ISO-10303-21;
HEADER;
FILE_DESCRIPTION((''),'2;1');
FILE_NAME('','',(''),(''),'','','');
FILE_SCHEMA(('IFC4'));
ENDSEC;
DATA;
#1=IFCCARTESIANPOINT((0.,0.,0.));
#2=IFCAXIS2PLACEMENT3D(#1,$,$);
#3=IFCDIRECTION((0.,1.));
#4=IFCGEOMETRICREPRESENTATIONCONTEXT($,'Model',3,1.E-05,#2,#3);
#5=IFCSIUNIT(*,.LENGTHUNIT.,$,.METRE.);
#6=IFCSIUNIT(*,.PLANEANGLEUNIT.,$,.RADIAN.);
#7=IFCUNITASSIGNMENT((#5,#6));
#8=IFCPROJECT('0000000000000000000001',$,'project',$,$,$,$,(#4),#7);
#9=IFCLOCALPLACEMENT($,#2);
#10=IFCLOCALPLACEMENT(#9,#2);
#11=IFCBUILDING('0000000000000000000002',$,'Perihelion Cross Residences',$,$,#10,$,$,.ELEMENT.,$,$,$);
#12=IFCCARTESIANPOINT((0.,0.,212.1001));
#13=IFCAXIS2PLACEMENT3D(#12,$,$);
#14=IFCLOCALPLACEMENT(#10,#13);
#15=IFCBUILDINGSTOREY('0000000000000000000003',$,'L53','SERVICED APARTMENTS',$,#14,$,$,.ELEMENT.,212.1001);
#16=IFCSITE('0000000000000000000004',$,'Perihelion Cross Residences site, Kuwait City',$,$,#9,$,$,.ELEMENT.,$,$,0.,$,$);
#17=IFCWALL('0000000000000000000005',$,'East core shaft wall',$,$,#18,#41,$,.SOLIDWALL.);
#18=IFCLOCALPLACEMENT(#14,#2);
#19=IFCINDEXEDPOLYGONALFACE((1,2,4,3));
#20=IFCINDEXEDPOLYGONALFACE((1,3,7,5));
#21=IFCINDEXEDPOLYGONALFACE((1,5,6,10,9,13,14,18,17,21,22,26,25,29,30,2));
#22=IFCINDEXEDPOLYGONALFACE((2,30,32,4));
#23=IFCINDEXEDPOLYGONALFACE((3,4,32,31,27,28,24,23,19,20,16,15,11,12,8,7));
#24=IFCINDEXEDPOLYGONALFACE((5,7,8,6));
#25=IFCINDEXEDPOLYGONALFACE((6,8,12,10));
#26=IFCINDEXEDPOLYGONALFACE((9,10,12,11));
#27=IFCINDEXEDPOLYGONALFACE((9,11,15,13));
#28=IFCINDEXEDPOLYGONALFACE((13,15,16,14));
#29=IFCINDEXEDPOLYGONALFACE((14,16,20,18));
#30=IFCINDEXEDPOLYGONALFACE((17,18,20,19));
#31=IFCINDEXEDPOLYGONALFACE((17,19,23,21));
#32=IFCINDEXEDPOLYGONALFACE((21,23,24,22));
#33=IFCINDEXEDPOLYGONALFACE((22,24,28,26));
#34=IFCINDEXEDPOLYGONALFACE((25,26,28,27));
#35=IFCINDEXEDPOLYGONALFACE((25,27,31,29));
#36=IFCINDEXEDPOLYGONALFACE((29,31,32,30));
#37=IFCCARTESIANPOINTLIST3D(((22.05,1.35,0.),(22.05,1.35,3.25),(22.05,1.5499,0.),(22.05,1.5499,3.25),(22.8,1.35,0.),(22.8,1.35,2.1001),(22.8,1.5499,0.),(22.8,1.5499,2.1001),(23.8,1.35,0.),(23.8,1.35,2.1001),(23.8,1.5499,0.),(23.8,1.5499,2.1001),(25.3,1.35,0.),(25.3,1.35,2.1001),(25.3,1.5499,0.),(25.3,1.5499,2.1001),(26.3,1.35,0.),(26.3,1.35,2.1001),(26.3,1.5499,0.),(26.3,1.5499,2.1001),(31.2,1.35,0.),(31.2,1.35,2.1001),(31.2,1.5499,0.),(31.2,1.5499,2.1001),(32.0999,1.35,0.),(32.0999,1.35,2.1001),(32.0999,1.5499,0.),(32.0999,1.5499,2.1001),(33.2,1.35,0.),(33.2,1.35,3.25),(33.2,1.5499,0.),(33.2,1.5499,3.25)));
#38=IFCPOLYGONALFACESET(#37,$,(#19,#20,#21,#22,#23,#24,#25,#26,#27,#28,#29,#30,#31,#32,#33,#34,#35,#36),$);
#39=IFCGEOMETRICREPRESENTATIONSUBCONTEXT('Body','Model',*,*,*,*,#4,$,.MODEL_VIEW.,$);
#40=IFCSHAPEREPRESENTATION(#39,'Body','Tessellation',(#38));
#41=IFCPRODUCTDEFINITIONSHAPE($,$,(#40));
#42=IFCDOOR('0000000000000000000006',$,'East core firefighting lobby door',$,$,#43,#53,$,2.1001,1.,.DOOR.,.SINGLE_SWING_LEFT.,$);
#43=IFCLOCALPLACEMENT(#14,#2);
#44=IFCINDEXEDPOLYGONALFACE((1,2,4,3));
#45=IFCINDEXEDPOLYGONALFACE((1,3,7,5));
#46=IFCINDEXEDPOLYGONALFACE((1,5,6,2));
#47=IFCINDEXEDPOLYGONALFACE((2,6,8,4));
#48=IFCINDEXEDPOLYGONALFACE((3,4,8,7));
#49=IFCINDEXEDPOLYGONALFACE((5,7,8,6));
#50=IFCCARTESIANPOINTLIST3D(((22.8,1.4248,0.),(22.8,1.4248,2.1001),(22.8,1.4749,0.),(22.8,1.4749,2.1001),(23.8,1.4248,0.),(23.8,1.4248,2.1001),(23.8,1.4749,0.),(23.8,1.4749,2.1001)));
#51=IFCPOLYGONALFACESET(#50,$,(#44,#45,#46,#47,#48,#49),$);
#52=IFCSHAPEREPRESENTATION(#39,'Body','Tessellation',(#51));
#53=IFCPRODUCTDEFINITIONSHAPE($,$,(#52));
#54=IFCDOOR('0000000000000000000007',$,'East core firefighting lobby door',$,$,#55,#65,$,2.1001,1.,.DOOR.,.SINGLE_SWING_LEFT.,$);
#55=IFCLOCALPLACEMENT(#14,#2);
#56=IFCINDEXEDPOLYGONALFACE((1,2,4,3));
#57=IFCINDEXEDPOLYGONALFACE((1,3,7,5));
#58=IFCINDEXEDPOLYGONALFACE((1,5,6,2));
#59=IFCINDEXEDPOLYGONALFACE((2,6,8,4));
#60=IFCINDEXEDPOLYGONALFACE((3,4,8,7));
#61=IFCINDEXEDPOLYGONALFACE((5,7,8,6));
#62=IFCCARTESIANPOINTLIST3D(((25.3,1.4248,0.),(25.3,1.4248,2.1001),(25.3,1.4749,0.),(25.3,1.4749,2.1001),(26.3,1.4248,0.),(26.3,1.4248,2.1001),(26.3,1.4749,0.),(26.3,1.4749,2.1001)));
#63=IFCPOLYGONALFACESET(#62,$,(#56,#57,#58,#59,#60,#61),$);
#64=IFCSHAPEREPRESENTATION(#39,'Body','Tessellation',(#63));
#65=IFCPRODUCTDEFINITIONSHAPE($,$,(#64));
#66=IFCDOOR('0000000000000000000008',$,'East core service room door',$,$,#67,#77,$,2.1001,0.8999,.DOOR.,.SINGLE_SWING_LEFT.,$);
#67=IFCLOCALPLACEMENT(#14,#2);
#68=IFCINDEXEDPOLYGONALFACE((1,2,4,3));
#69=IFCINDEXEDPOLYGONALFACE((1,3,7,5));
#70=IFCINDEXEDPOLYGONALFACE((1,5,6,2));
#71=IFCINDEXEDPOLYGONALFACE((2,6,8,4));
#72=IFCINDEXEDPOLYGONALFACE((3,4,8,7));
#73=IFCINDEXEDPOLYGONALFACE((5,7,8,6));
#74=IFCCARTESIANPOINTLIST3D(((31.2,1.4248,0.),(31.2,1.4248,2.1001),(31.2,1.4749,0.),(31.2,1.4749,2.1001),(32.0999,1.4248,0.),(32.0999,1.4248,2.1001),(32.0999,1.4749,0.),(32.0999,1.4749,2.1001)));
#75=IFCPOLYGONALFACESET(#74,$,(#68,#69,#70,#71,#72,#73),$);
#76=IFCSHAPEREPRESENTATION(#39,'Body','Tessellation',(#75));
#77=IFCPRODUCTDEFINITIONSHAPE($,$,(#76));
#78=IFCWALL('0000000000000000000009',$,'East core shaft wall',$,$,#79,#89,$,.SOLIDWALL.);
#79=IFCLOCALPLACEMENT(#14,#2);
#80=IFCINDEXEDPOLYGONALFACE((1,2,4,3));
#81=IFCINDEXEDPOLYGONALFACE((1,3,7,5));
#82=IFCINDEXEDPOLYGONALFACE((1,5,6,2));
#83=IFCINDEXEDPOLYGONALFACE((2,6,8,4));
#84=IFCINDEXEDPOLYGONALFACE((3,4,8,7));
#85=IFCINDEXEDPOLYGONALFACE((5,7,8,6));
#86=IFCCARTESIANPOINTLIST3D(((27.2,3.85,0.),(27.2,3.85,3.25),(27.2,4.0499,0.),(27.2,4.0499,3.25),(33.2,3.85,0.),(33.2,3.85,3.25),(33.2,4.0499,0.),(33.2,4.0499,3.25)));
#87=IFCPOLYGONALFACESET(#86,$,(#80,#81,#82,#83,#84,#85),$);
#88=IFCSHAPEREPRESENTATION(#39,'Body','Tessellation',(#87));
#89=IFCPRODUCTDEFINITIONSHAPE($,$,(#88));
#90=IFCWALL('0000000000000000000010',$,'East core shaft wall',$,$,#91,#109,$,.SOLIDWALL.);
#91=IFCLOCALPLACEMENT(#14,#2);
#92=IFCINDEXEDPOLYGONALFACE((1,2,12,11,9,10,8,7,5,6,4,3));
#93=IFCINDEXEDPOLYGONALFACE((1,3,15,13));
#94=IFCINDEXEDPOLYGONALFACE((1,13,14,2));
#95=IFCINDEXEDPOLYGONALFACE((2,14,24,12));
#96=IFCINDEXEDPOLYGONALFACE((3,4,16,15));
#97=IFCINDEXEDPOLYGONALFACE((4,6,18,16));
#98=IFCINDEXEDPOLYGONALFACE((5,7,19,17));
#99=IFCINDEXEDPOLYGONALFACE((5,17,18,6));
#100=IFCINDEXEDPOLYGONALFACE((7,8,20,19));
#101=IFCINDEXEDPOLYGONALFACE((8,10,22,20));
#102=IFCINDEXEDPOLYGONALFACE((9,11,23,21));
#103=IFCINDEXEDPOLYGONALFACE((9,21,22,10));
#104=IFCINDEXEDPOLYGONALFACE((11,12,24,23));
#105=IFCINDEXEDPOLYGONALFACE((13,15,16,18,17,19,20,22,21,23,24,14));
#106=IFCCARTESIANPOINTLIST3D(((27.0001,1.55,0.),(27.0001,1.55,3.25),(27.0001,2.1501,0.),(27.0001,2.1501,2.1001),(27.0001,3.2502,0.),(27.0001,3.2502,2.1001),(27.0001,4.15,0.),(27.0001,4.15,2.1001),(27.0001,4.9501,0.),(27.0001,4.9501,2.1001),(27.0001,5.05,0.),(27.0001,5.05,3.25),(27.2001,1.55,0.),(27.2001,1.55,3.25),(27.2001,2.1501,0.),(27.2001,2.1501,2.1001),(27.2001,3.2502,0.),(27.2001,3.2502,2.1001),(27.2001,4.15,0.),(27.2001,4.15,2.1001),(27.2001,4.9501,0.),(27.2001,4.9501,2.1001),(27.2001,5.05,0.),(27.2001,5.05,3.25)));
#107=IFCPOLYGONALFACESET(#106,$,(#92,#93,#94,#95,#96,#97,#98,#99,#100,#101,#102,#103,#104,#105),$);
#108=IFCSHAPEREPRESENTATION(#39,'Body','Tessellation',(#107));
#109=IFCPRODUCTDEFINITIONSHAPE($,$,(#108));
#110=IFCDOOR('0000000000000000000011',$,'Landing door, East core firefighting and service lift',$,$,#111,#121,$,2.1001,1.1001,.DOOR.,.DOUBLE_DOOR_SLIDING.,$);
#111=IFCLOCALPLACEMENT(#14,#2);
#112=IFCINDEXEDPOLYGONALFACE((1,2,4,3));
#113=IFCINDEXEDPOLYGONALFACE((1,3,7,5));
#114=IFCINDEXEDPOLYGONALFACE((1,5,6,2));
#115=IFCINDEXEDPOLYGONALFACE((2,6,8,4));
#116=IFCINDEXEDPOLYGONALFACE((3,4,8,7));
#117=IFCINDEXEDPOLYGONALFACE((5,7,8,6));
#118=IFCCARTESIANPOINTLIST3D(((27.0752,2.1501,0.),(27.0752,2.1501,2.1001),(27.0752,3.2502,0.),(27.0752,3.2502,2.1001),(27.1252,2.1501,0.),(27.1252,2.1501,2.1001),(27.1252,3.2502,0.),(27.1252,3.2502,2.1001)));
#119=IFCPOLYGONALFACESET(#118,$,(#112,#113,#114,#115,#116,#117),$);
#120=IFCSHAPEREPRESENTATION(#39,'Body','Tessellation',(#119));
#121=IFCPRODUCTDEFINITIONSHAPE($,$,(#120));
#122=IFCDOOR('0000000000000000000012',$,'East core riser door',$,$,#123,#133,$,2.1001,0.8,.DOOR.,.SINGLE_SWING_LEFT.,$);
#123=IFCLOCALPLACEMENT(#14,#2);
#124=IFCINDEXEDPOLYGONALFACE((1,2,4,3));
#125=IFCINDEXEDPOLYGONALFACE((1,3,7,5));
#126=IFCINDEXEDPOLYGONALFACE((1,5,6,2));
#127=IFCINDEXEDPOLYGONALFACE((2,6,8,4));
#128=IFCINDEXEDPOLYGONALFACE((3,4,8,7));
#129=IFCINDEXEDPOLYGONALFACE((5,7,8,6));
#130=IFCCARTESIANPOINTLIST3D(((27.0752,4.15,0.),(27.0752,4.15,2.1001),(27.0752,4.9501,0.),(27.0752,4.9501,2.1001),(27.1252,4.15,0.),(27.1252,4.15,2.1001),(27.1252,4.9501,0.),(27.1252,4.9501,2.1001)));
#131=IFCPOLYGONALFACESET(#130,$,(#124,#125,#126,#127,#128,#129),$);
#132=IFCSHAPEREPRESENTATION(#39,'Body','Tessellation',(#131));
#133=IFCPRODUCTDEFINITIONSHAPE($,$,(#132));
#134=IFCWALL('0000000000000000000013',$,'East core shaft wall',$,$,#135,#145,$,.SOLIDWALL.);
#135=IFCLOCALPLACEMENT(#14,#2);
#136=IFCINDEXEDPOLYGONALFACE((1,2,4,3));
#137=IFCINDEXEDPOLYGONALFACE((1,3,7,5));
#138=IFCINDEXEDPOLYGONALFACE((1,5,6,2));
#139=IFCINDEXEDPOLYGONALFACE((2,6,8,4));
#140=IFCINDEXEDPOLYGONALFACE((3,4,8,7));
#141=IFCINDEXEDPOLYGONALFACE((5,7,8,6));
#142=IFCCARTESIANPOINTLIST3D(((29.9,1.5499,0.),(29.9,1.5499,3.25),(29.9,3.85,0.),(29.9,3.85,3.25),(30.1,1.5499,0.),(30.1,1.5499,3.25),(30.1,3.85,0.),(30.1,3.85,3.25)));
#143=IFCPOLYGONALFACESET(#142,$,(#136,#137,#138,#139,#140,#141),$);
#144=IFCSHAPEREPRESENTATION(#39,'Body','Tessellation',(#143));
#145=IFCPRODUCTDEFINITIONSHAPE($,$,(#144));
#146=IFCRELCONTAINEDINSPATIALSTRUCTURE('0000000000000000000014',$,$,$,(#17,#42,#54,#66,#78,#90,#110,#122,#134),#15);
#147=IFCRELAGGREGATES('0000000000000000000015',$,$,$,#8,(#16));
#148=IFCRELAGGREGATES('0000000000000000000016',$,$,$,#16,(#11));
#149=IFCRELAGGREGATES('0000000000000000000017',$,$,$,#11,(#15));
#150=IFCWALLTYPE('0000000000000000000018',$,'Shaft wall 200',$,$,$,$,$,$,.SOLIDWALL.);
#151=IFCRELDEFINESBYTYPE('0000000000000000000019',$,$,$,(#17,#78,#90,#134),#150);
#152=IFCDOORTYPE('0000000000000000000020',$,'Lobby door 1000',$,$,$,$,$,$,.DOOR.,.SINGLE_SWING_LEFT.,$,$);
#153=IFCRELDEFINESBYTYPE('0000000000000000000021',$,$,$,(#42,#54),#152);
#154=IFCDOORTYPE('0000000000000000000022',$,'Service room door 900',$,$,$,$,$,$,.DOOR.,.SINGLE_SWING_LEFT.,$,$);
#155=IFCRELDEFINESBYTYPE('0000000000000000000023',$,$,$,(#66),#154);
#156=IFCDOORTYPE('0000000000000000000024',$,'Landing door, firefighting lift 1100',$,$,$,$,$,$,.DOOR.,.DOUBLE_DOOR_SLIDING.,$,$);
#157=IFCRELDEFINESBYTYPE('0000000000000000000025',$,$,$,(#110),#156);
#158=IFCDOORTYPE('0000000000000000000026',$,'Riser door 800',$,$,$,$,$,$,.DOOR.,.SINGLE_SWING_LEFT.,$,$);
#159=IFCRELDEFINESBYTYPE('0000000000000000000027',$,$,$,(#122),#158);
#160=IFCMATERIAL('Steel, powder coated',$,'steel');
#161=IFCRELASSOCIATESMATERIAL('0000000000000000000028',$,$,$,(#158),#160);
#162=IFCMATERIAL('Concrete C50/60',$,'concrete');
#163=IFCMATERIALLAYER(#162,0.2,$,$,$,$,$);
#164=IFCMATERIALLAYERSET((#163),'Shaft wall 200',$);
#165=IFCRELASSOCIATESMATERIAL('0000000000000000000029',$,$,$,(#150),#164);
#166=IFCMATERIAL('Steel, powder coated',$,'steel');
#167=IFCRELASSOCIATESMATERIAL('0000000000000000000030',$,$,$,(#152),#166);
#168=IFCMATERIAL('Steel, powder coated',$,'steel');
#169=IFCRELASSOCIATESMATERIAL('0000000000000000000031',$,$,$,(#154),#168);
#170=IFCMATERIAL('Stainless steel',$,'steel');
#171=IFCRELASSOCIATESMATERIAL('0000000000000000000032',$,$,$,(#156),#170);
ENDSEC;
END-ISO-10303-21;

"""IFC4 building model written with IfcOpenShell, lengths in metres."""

from ifc_helpers import new_model, si_unit, direction, frame, frame_2d, origin, place, context, subcontext, project, spatial, rectangle, extrude, material, layer, layer_set, type_object, element, fill, save


model = new_model("IFC4")

# Units and contexts
model_context = context("Model", 3, precision=1e-05, world=origin(), true_north=direction((0.0, 1.0)))
body_context = subcontext(model_context, "Body", "Model", "MODEL_VIEW")
ifc_project = project(units=[si_unit("LENGTHUNIT", "METRE"), si_unit("PLANEANGLEUNIT", "RADIAN")], contexts=[model_context])

# Site, building, storey
site_placement = place(None, origin())
site = spatial("IfcSite", under=ifc_project, at=site_placement, Name="Perihelion Cross Residences site, Kuwait City", CompositionType="ELEMENT", RefElevation=0.0)
building_placement = place(site_placement, origin())
building = spatial("IfcBuilding", under=site, at=building_placement, Name="Perihelion Cross Residences", CompositionType="ELEMENT")
storey_placement = place(building_placement, frame((0.0, 0.0, 212.1001)))
storey = spatial("IfcBuildingStorey", under=building, at=storey_placement, Name="L53", Description="SERVICED APARTMENTS", CompositionType="ELEMENT", Elevation=212.1001)

# Shared definitions
ifc_material_1 = material(Name="Steel, powder coated", Category="steel")
door_type_1 = type_object("IfcDoorType", Name="Riser door 800", OperationType="SINGLE_SWING_LEFT", PredefinedType="DOOR", material=ifc_material_1)

# Wall, openings, doors
ifc_material_2 = material(Name="Concrete C50/60", Category="concrete")
ifc_layer_1 = layer(ifc_material_2, 0.2)
ifc_layer_set_1 = layer_set([ifc_layer_1], Name="Shaft wall 200")
wall_type_1 = type_object("IfcWallType", Name="Shaft wall 200", PredefinedType="SOLIDWALL", material=ifc_layer_set_1)
wall_1_placement = place(storey_placement, frame((22.05, 1.45, 0.0), z_axis=(0.0, 0.0, 1.0), x_axis=(1.0, 0.0, 0.0)))
wall_1 = element("IfcWall", 1, at=wall_1_placement, inside=storey, type_object=wall_type_1, Name="East core shaft wall", PredefinedType="SOLIDWALL", context=body_context, shape_type="SweptSolid", body=[
    extrude(rectangle(XDim=11.1499, YDim=0.2, at=frame_2d((5.575, 0.0))), origin(), (0.0, 0.0, 1.0), 3.25),
])
opening_1_placement = place(wall_1_placement, frame((0.75, 0.0, 0.0)))
opening_1 = element("IfcOpeningElement", 2, at=opening_1_placement, cuts=wall_1, PredefinedType="OPENING", context=body_context, shape_type="SweptSolid", body=[
    extrude(rectangle(XDim=1.0, YDim=2.1001, at=frame_2d((0.5, 1.05))), frame((0.0, 0.1099, 0.0), z_axis=(0.0, -1.0, 0.0), x_axis=(1.0, 0.0, 0.0)), (0.0, 0.0, 1.0), 0.22),
])
opening_2_placement = place(wall_1_placement, frame((3.25, 0.0, 0.0)))
opening_2 = element("IfcOpeningElement", 3, at=opening_2_placement, cuts=wall_1, PredefinedType="OPENING", context=body_context, shape_type="SweptSolid", body=[
    extrude(rectangle(XDim=1.0, YDim=2.1001, at=frame_2d((0.5, 1.05))), frame((0.0, 0.1099, 0.0), z_axis=(0.0, -1.0, 0.0), x_axis=(1.0, 0.0, 0.0)), (0.0, 0.0, 1.0), 0.22),
])
opening_3_placement = place(wall_1_placement, frame((9.1499, 0.0, 0.0)))
opening_3 = element("IfcOpeningElement", 4, at=opening_3_placement, cuts=wall_1, PredefinedType="OPENING", context=body_context, shape_type="SweptSolid", body=[
    extrude(rectangle(XDim=0.8999, YDim=2.1001, at=frame_2d((0.45, 1.05))), frame((0.0, 0.1099, 0.0), z_axis=(0.0, -1.0, 0.0), x_axis=(1.0, 0.0, 0.0)), (0.0, 0.0, 1.0), 0.22),
])
ifc_material_3 = material(Name="Steel, powder coated", Category="steel")
door_type_2 = type_object("IfcDoorType", Name="Lobby door 1000", OperationType="SINGLE_SWING_LEFT", PredefinedType="DOOR", material=ifc_material_3)
door_1_placement = place(opening_1_placement, origin())
door_1 = element("IfcDoor", 5, at=door_1_placement, inside=storey, type_object=door_type_2, Name="East core firefighting lobby door", OperationType="SINGLE_SWING_LEFT", OverallHeight=2.1001, OverallWidth=1.0, PredefinedType="DOOR", context=body_context, shape_type="SweptSolid", body=[
    extrude(rectangle(XDim=1.0, YDim=2.1001, at=frame_2d((0.5, 1.05))), frame((0.0, 0.0249, 0.0), z_axis=(0.0, -1.0, 0.0), x_axis=(1.0, 0.0, 0.0)), (0.0, 0.0, 1.0), 0.05),
])
fill(opening_1, door_1)
door_2_placement = place(opening_2_placement, origin())
door_2 = element("IfcDoor", 6, at=door_2_placement, inside=storey, type_object=door_type_2, Name="East core firefighting lobby door", OperationType="SINGLE_SWING_LEFT", OverallHeight=2.1001, OverallWidth=1.0, PredefinedType="DOOR", context=body_context, shape_type="SweptSolid", body=[
    extrude(rectangle(XDim=1.0, YDim=2.1001, at=frame_2d((0.5, 1.05))), frame((0.0, 0.0249, 0.0), z_axis=(0.0, -1.0, 0.0), x_axis=(1.0, 0.0, 0.0)), (0.0, 0.0, 1.0), 0.05),
])
fill(opening_2, door_2)
ifc_material_4 = material(Name="Steel, powder coated", Category="steel")
door_type_3 = type_object("IfcDoorType", Name="Service room door 900", OperationType="SINGLE_SWING_LEFT", PredefinedType="DOOR", material=ifc_material_4)
door_3_placement = place(opening_3_placement, origin())
door_3 = element("IfcDoor", 7, at=door_3_placement, inside=storey, type_object=door_type_3, Name="East core service room door", OperationType="SINGLE_SWING_LEFT", OverallHeight=2.1001, OverallWidth=0.8999, PredefinedType="DOOR", context=body_context, shape_type="SweptSolid", body=[
    extrude(rectangle(XDim=0.8999, YDim=2.1001, at=frame_2d((0.45, 1.05))), frame((0.0, 0.0249, 0.0), z_axis=(0.0, -1.0, 0.0), x_axis=(1.0, 0.0, 0.0)), (0.0, 0.0, 1.0), 0.05),
])
fill(opening_3, door_3)

# Wall
wall_2_placement = place(storey_placement, frame((27.2, 3.95, 0.0), z_axis=(0.0, 0.0, 1.0), x_axis=(1.0, 0.0, 0.0)))
element("IfcWall", 8, at=wall_2_placement, inside=storey, type_object=wall_type_1, Name="East core shaft wall", PredefinedType="SOLIDWALL", context=body_context, shape_type="SweptSolid", body=[
    extrude(rectangle(XDim=6.0, YDim=0.2, at=frame_2d((3.0, 0.0))), origin(), (0.0, 0.0, 1.0), 3.25),
])

# Wall, openings, doors
wall_3_placement = place(storey_placement, frame((27.1001, 1.55, 0.0), z_axis=(0.0, 0.0, 1.0), x_axis=(0.0, 1.0, 0.0)))
wall_3 = element("IfcWall", 9, at=wall_3_placement, inside=storey, type_object=wall_type_1, Name="East core shaft wall", PredefinedType="SOLIDWALL", context=body_context, shape_type="SweptSolid", body=[
    extrude(rectangle(XDim=3.5, YDim=0.2, at=frame_2d((1.75, 0.0))), origin(), (0.0, 0.0, 1.0), 3.25),
])
opening_4_placement = place(wall_3_placement, frame((0.6001, 0.0, 0.0)))
opening_4 = element("IfcOpeningElement", 10, at=opening_4_placement, cuts=wall_3, PredefinedType="OPENING", context=body_context, shape_type="SweptSolid", body=[
    extrude(rectangle(XDim=1.1001, YDim=2.1001, at=frame_2d((0.55, 1.05))), frame((0.0, 0.1099, 0.0), z_axis=(0.0, -1.0, 0.0), x_axis=(1.0, 0.0, 0.0)), (0.0, 0.0, 1.0), 0.22),
])
opening_5_placement = place(wall_3_placement, frame((2.6001, 0.0, 0.0)))
opening_5 = element("IfcOpeningElement", 11, at=opening_5_placement, cuts=wall_3, PredefinedType="OPENING", context=body_context, shape_type="SweptSolid", body=[
    extrude(rectangle(XDim=0.8, YDim=2.1001, at=frame_2d((0.3999, 1.05))), frame((0.0, 0.1099, 0.0), z_axis=(0.0, -1.0, 0.0), x_axis=(1.0, 0.0, 0.0)), (0.0, 0.0, 1.0), 0.22),
])
ifc_material_5 = material(Name="Stainless steel", Category="steel")
door_type_4 = type_object("IfcDoorType", Name="Landing door, firefighting lift 1100", OperationType="DOUBLE_DOOR_SLIDING", PredefinedType="DOOR", material=ifc_material_5)
door_4_placement = place(opening_4_placement, origin())
door_4 = element("IfcDoor", 12, at=door_4_placement, inside=storey, type_object=door_type_4, Name="Landing door, East core firefighting and service lift", OperationType="DOUBLE_DOOR_SLIDING", OverallHeight=2.1001, OverallWidth=1.1001, PredefinedType="DOOR", context=body_context, shape_type="SweptSolid", body=[
    extrude(rectangle(XDim=1.1001, YDim=2.1001, at=frame_2d((0.55, 1.05))), frame((0.0, 0.0249, 0.0), z_axis=(0.0, -1.0, 0.0), x_axis=(1.0, 0.0, 0.0)), (0.0, 0.0, 1.0), 0.05),
])
fill(opening_4, door_4)
door_5_placement = place(opening_5_placement, origin())
door_5 = element("IfcDoor", 13, at=door_5_placement, inside=storey, type_object=door_type_1, Name="East core riser door", OperationType="SINGLE_SWING_LEFT", OverallHeight=2.1001, OverallWidth=0.8, PredefinedType="DOOR", context=body_context, shape_type="SweptSolid", body=[
    extrude(rectangle(XDim=0.8, YDim=2.1001, at=frame_2d((0.3999, 1.05))), frame((0.0, 0.0249, 0.0), z_axis=(0.0, -1.0, 0.0), x_axis=(1.0, 0.0, 0.0)), (0.0, 0.0, 1.0), 0.05),
])
fill(opening_5, door_5)

# Wall
wall_4_placement = place(storey_placement, frame((30.0, 1.55, 0.0), z_axis=(0.0, 0.0, 1.0), x_axis=(0.0, 1.0, 0.0)))
element("IfcWall", 14, at=wall_4_placement, inside=storey, type_object=wall_type_1, Name="East core shaft wall", PredefinedType="SOLIDWALL", context=body_context, shape_type="SweptSolid", body=[
    extrude(rectangle(XDim=2.3, YDim=0.2, at=frame_2d((1.1499, 0.0))), origin(), (0.0, 0.0, 1.0), 3.25),
])

save(model, "model.ifc")
